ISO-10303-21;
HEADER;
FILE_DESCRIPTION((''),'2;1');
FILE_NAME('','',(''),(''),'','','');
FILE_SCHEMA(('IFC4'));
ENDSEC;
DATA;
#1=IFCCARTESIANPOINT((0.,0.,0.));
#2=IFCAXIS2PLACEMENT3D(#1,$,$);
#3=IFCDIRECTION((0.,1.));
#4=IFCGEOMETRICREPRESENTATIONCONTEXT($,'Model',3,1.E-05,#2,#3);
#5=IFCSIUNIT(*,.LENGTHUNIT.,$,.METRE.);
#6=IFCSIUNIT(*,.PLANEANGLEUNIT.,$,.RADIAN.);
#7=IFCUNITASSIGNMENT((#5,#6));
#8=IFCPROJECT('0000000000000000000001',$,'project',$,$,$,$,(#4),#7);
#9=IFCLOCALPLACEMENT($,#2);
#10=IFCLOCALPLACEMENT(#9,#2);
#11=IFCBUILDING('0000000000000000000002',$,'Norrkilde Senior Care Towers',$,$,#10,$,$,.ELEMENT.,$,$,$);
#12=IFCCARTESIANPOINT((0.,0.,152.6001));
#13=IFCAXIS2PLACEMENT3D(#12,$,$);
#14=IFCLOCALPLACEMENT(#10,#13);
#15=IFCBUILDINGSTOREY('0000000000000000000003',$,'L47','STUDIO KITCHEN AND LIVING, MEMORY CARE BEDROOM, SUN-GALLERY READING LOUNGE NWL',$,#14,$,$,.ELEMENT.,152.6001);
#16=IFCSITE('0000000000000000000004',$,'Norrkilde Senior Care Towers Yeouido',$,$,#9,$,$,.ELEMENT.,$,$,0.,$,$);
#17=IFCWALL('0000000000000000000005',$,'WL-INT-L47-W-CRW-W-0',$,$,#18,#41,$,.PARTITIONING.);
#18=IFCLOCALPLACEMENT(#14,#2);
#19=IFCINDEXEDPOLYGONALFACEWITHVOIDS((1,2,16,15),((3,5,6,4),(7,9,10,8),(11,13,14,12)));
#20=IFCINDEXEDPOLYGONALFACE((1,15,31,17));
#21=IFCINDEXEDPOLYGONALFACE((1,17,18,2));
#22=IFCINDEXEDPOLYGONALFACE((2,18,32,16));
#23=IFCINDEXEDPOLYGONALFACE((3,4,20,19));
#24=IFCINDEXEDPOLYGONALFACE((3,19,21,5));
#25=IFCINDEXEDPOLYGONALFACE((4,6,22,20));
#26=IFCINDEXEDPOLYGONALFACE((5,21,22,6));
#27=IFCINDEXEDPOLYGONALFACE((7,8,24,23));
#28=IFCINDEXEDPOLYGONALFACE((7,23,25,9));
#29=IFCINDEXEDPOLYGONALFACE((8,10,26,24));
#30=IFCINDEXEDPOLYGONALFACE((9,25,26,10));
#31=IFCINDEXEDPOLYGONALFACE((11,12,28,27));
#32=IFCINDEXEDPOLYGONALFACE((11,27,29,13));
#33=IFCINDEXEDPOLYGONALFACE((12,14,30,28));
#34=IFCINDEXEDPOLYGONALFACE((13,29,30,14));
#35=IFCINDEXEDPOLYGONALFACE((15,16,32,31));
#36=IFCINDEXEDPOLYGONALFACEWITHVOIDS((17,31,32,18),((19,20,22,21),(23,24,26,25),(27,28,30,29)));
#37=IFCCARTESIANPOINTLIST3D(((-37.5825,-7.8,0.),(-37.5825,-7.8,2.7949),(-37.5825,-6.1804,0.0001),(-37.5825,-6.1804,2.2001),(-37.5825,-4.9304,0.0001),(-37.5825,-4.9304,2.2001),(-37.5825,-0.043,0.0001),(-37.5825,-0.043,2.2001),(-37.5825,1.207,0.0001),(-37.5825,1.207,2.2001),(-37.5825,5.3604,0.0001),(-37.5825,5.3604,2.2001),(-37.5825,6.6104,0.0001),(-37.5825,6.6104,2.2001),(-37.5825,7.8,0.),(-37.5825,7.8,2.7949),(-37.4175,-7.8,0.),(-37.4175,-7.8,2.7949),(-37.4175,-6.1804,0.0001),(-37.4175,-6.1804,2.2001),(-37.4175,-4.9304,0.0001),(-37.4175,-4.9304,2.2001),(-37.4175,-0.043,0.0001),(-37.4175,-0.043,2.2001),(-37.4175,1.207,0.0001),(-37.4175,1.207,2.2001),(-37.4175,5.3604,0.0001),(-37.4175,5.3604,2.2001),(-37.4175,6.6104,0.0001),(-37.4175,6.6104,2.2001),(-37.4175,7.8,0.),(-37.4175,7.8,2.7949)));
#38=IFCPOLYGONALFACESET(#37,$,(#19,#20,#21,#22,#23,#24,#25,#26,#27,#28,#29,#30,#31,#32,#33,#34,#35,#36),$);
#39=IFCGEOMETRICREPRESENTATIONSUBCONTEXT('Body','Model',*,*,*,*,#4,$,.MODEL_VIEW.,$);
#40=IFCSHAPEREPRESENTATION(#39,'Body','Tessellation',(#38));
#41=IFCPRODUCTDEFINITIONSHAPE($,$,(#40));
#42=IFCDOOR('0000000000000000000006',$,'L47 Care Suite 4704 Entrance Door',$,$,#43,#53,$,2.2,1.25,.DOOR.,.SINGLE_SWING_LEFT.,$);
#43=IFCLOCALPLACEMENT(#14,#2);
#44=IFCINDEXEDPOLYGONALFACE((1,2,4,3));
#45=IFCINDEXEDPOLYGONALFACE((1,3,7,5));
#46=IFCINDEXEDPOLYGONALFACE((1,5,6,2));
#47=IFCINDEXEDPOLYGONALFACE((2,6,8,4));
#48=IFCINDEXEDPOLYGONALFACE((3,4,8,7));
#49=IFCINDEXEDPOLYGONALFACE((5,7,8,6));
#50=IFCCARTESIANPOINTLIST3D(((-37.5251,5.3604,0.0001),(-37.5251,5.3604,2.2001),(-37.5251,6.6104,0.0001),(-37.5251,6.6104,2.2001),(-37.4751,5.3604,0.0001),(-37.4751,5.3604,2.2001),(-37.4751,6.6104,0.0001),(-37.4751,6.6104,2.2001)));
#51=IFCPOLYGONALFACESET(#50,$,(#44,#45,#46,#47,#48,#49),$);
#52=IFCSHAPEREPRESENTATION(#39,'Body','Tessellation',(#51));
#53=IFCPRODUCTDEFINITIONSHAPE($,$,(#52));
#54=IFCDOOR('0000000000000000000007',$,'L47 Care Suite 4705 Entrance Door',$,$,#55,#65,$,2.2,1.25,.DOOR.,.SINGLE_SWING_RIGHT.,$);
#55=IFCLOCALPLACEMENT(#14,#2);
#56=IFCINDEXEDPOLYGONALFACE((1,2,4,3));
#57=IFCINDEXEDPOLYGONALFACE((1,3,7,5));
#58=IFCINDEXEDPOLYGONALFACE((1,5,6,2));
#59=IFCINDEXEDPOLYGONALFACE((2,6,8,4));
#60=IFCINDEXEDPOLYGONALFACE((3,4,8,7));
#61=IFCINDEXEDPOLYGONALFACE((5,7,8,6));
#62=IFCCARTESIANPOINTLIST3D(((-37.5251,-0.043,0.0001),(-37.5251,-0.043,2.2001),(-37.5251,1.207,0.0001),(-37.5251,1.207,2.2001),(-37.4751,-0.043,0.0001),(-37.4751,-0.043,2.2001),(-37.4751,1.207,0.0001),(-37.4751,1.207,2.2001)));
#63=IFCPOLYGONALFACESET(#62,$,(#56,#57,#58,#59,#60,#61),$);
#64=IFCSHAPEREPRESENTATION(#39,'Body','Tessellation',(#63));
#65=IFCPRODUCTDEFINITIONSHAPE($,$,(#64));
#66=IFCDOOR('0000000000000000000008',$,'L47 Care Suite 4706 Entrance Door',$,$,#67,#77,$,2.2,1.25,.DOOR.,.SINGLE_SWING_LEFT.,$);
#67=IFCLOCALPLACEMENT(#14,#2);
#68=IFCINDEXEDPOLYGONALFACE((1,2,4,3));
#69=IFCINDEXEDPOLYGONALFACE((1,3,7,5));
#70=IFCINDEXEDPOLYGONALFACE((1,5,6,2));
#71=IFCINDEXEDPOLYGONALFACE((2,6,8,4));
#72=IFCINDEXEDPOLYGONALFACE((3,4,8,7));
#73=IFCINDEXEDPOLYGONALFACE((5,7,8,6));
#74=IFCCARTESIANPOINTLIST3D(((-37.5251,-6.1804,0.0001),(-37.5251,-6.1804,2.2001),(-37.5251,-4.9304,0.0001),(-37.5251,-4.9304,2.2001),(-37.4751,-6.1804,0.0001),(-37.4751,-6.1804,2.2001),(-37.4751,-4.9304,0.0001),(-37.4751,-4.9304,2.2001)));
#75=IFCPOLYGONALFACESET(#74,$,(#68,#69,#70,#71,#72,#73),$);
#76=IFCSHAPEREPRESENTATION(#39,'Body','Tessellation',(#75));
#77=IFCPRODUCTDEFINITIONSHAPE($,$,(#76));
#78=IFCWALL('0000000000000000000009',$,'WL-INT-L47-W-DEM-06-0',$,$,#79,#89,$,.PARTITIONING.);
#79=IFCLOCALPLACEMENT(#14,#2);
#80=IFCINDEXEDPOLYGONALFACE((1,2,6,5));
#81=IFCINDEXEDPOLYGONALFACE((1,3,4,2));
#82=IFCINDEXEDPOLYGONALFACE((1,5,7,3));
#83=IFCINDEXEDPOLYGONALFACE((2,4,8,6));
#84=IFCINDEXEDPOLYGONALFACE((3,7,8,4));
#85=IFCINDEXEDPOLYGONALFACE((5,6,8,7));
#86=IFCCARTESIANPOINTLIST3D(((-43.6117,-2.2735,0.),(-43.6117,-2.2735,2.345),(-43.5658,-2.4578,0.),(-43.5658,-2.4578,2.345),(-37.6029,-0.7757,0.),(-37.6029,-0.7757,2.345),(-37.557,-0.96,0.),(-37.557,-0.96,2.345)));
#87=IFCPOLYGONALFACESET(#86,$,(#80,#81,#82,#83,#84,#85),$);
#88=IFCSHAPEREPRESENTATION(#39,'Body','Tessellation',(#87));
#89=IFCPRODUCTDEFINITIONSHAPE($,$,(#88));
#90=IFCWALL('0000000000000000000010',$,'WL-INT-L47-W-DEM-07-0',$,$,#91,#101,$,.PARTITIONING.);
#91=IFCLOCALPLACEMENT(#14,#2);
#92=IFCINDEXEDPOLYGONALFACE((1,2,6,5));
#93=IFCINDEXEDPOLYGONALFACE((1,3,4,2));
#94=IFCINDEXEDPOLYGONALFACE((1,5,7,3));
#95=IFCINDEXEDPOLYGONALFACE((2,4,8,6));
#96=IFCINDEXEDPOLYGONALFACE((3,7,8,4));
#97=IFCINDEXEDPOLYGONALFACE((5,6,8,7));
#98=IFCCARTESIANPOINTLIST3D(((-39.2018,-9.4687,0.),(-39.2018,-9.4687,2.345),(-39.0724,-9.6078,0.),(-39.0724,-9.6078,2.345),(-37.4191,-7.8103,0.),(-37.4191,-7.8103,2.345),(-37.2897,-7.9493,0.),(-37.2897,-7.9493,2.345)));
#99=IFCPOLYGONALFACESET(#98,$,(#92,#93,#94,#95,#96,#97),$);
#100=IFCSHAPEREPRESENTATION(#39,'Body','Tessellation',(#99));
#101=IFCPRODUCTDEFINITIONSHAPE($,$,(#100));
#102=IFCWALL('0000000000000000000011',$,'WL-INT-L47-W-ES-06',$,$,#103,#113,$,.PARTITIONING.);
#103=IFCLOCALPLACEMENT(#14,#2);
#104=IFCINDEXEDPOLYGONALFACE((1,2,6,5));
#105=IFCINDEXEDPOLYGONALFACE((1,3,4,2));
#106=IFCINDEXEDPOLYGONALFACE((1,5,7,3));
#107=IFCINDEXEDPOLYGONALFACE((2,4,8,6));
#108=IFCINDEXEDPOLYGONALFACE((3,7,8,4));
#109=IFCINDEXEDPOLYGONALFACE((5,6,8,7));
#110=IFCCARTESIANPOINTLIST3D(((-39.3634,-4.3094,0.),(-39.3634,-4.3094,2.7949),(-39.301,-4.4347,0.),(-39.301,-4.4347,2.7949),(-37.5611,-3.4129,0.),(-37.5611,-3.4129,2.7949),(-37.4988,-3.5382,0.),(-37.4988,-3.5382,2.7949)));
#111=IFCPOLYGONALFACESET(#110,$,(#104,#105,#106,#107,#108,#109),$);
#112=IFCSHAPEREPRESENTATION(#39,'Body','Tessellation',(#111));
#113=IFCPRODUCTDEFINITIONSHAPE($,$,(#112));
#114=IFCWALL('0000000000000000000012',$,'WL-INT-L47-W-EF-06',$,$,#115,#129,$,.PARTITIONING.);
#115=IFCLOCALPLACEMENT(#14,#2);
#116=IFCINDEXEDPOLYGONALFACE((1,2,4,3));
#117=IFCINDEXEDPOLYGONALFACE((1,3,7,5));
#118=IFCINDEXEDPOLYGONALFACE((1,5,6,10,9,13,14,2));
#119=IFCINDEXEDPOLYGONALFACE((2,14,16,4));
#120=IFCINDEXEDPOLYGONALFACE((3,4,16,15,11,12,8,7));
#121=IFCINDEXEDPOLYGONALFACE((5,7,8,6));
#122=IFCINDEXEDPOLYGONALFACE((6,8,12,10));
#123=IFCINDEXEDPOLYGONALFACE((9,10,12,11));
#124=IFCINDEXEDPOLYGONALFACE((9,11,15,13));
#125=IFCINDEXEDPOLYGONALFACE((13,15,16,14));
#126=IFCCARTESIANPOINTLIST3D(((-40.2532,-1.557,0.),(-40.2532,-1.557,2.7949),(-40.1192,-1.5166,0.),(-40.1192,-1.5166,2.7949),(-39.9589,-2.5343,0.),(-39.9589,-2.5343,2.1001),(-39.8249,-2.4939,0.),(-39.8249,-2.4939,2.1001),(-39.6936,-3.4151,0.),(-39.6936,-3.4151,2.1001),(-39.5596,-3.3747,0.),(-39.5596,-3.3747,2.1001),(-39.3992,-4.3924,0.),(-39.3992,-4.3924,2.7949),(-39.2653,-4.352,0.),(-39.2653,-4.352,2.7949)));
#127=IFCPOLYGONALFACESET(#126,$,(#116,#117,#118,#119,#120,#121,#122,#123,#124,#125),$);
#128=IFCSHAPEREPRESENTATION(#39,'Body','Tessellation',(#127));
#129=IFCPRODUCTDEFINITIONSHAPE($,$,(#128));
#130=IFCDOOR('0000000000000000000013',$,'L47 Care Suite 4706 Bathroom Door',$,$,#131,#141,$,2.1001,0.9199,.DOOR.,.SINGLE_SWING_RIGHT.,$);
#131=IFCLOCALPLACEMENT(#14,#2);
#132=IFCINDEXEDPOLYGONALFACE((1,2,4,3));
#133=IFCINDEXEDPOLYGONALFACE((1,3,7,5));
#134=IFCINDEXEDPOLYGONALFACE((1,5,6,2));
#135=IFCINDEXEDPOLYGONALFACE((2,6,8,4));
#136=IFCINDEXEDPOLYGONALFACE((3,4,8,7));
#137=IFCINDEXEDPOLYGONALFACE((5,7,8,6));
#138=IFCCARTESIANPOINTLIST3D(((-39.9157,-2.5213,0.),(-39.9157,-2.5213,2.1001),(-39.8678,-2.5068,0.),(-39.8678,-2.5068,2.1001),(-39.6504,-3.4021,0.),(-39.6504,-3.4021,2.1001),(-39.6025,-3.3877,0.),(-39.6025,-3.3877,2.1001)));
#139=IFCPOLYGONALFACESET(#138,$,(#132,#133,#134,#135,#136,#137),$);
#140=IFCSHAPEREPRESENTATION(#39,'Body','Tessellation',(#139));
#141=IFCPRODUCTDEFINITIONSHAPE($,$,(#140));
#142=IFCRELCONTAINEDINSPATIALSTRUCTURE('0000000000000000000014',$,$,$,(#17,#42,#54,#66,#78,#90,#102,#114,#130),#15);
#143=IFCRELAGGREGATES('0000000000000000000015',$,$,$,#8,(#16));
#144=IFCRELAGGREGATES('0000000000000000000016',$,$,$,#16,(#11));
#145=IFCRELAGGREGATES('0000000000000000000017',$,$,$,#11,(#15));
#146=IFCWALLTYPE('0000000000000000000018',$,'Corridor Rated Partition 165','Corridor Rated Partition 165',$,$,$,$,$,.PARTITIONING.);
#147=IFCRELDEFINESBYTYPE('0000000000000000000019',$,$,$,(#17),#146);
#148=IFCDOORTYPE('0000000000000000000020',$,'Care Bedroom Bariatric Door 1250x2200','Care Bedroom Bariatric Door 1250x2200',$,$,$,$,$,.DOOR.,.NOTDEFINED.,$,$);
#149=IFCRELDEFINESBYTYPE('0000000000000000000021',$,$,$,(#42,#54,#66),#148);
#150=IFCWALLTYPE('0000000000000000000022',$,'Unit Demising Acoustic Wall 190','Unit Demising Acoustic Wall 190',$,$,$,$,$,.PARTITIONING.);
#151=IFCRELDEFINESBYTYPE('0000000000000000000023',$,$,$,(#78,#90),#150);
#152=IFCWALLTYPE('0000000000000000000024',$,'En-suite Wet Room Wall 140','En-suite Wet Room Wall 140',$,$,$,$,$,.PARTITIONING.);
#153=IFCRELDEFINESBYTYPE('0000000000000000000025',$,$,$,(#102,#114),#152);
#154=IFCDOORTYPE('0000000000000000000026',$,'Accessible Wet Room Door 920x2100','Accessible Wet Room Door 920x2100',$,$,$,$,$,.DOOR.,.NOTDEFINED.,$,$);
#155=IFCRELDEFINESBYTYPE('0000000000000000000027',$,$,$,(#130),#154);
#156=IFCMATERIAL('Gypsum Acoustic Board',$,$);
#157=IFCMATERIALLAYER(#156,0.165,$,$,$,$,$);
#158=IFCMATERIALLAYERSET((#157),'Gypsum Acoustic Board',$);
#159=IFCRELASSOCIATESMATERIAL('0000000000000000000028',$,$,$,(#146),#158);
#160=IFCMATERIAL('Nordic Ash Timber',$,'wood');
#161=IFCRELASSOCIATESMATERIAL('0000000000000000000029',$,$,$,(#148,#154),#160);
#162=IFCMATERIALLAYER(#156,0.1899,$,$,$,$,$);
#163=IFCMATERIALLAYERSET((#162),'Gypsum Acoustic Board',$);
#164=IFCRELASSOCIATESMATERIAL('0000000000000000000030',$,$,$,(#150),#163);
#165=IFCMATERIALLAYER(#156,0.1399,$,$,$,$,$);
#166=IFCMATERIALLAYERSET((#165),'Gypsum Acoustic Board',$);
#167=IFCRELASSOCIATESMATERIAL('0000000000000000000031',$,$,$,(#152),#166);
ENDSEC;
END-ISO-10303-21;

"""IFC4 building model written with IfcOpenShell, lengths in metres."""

from ifc_helpers import new_model, si_unit, direction, frame, frame_2d, origin, place, context, subcontext, project, spatial, rectangle, extrude, source, transform, mapped, material, layer, layer_set, type_object, type_shapes, element, fill, save


model = new_model("IFC4")

# Units and contexts
model_context = context("Model", 3, precision=1e-05, world=origin(), true_north=direction((0.0, 1.0)))
body_context = subcontext(model_context, "Body", "Model", "MODEL_VIEW")
ifc_project = project(units=[si_unit("LENGTHUNIT", "METRE"), si_unit("PLANEANGLEUNIT", "RADIAN")], contexts=[model_context])

# Site, building, storey
site_placement = place(None, origin())
site = spatial("IfcSite", under=ifc_project, at=site_placement, Name="Norrkilde Senior Care Towers Yeouido", CompositionType="ELEMENT", RefElevation=0.0)
building_placement = place(site_placement, origin())
building = spatial("IfcBuilding", under=site, at=building_placement, Name="Norrkilde Senior Care Towers", CompositionType="ELEMENT")
storey_placement = place(building_placement, frame((0.0, 0.0, 152.6001)))
storey = spatial("IfcBuildingStorey", under=building, at=storey_placement, Name="L47", Description="STUDIO KITCHEN AND LIVING, MEMORY CARE BEDROOM, SUN-GALLERY READING LOUNGE NWL", CompositionType="ELEMENT", Elevation=152.6001)

# Wall, openings, doors
ifc_material_1 = material(Name="Gypsum Acoustic Board")
ifc_layer_1 = layer(ifc_material_1, 0.165)
ifc_layer_set_1 = layer_set([ifc_layer_1], Name="Gypsum Acoustic Board")
wall_type_1 = type_object("IfcWallType", Name="Corridor Rated Partition 165", Description="Corridor Rated Partition 165", PredefinedType="PARTITIONING", material=ifc_layer_set_1)
shared_shape_1 = source(origin(), body_context, "Body", "SweptSolid", [
    extrude(rectangle(XDim=15.6001, YDim=0.165, at=frame_2d((7.8, 0.0))), origin(), (0.0, 0.0, 1.0), 2.7949),
])
type_shapes(wall_type_1, [shared_shape_1])
wall_1_placement = place(storey_placement, frame((-37.5, -7.8, 0.0), z_axis=(0.0, 0.0, 1.0), x_axis=(0.0, 1.0, 0.0)))
wall_1 = element("IfcWall", 1, at=wall_1_placement, inside=storey, type_object=wall_type_1, Name="WL-INT-L47-W-CRW-W-0", PredefinedType="PARTITIONING", context=body_context, shape_type="MappedRepresentation", body=[
    mapped(shared_shape_1, transform((0.0, 0.0, 0.0), x_axis=(1.0, 0.0, 0.0), y_axis=(0.0, 1.0, 0.0), z_axis=(0.0, 0.0, 1.0), scale=1.0)),
])
opening_1_placement = place(wall_1_placement, frame((13.1604, 0.0, 0.0)))
opening_1 = element("IfcOpeningElement", 2, at=opening_1_placement, cuts=wall_1, PredefinedType="OPENING", context=body_context, shape_type="SweptSolid", body=[
    extrude(rectangle(XDim=1.25, YDim=2.2, at=frame_2d((0.625, 1.1001))), frame((0.0, 0.0925, 0.0), z_axis=(0.0, -1.0, 0.0), x_axis=(1.0, 0.0, 0.0)), (0.0, 0.0, 1.0), 0.1851),
])
opening_2_placement = place(wall_1_placement, frame((7.7571, 0.0, 0.0)))
opening_2 = element("IfcOpeningElement", 3, at=opening_2_placement, cuts=wall_1, PredefinedType="OPENING", context=body_context, shape_type="SweptSolid", body=[
    extrude(rectangle(XDim=1.25, YDim=2.2, at=frame_2d((0.625, 1.1001))), frame((0.0, 0.0925, 0.0), z_axis=(0.0, -1.0, 0.0), x_axis=(1.0, 0.0, 0.0)), (0.0, 0.0, 1.0), 0.1851),
])
opening_3_placement = place(wall_1_placement, frame((1.6196, 0.0, 0.0)))
opening_3 = element("IfcOpeningElement", 4, at=opening_3_placement, cuts=wall_1, PredefinedType="OPENING", context=body_context, shape_type="SweptSolid", body=[
    extrude(rectangle(XDim=1.25, YDim=2.2, at=frame_2d((0.625, 1.1001))), frame((0.0, 0.0925, 0.0), z_axis=(0.0, -1.0, 0.0), x_axis=(1.0, 0.0, 0.0)), (0.0, 0.0, 1.0), 0.1851),
])
ifc_material_2 = material(Name="Nordic Ash Timber", Category="wood")
door_type_1 = type_object("IfcDoorType", Name="Care Bedroom Bariatric Door 1250x2200", Description="Care Bedroom Bariatric Door 1250x2200", OperationType="NOTDEFINED", PredefinedType="DOOR", material=ifc_material_2)
shared_shape_2 = source(origin(), body_context, "Body", "SweptSolid", [
    extrude(rectangle(XDim=1.25, YDim=2.2, at=frame_2d((0.625, 1.1001))), frame((0.0, 0.0249, 0.0), z_axis=(0.0, -1.0, 0.0), x_axis=(1.0, 0.0, 0.0)), (0.0, 0.0, 1.0), 0.05),
])
type_shapes(door_type_1, [shared_shape_2])
door_1_placement = place(opening_1_placement, frame((1.25, 0.0, 0.0), z_axis=(0.0, 0.0, 1.0), x_axis=(-1.0, 0.0, 0.0)))
door_1 = element("IfcDoor", 5, at=door_1_placement, inside=storey, type_object=door_type_1, Name="L47 Care Suite 4704 Entrance Door", OperationType="SINGLE_SWING_LEFT", OverallHeight=2.2, OverallWidth=1.25, PredefinedType="DOOR", context=body_context, shape_type="MappedRepresentation", body=[
    mapped(shared_shape_2, transform((0.0, 0.0, 0.0), x_axis=(1.0, 0.0, 0.0), y_axis=(0.0, 1.0, 0.0), z_axis=(0.0, 0.0, 1.0), scale=1.0)),
])
fill(opening_1, door_1)
door_2_placement = place(opening_2_placement, frame((1.25, 0.0, 0.0), z_axis=(0.0, 0.0, 1.0), x_axis=(-1.0, 0.0, 0.0)))
door_2 = element("IfcDoor", 6, at=door_2_placement, inside=storey, type_object=door_type_1, Name="L47 Care Suite 4705 Entrance Door", OperationType="SINGLE_SWING_RIGHT", OverallHeight=2.2, OverallWidth=1.25, PredefinedType="DOOR", context=body_context, shape_type="MappedRepresentation", body=[
    mapped(shared_shape_2, transform((0.0, 0.0, 0.0), x_axis=(1.0, 0.0, 0.0), y_axis=(0.0, 1.0, 0.0), z_axis=(0.0, 0.0, 1.0), scale=1.0)),
])
fill(opening_2, door_2)
door_3_placement = place(opening_3_placement, frame((1.25, 0.0, 0.0), z_axis=(0.0, 0.0, 1.0), x_axis=(-1.0, 0.0, 0.0)))
door_3 = element("IfcDoor", 7, at=door_3_placement, inside=storey, type_object=door_type_1, Name="L47 Care Suite 4706 Entrance Door", OperationType="SINGLE_SWING_LEFT", OverallHeight=2.2, OverallWidth=1.25, PredefinedType="DOOR", context=body_context, shape_type="MappedRepresentation", body=[
    mapped(shared_shape_2, transform((0.0, 0.0, 0.0), x_axis=(1.0, 0.0, 0.0), y_axis=(0.0, 1.0, 0.0), z_axis=(0.0, 0.0, 1.0), scale=1.0)),
])
fill(opening_3, door_3)

# Walls
ifc_layer_2 = layer(ifc_material_1, 0.1899)
ifc_layer_set_2 = layer_set([ifc_layer_2], Name="Gypsum Acoustic Board")
wall_type_2 = type_object("IfcWallType", Name="Unit Demising Acoustic Wall 190", Description="Unit Demising Acoustic Wall 190", PredefinedType="PARTITIONING", material=ifc_layer_set_2)
shared_shape_3 = source(origin(), body_context, "Body", "SweptSolid", [
    extrude(rectangle(XDim=6.1926, YDim=0.1899, at=frame_2d((3.0962, 0.0))), origin(), (0.0, 0.0, 1.0), 2.345),
])
wall_2_placement = place(storey_placement, frame((-37.5801, -0.8679, 0.0), z_axis=(0.0, 0.0, 1.0), x_axis=(-0.970309, -0.241868, 0.0)))
element("IfcWall", 8, at=wall_2_placement, inside=storey, type_object=wall_type_2, Name="WL-INT-L47-W-DEM-06-0", PredefinedType="PARTITIONING", context=body_context, shape_type="MappedRepresentation", body=[
    mapped(shared_shape_3, transform((0.0, 0.0, 0.0), x_axis=(1.0, 0.0, 0.0), y_axis=(0.0, 1.0, 0.0), z_axis=(0.0, 0.0, 1.0), scale=1.0)),
])
shared_shape_4 = source(origin(), body_context, "Body", "SweptSolid", [
    extrude(rectangle(XDim=2.4348, YDim=0.1899, at=frame_2d((1.2173, 0.0))), origin(), (0.0, 0.0, 1.0), 2.345),
])
type_shapes(wall_type_2, [shared_shape_3, shared_shape_4])
wall_3_placement = place(storey_placement, frame((-37.3545, -7.8799, 0.0), z_axis=(0.0, 0.0, 1.0), x_axis=(-0.732165, -0.681128, 0.0)))
element("IfcWall", 9, at=wall_3_placement, inside=storey, type_object=wall_type_2, Name="WL-INT-L47-W-DEM-07-0", PredefinedType="PARTITIONING", context=body_context, shape_type="MappedRepresentation", body=[
    mapped(shared_shape_4, transform((0.0, 0.0, 0.0), x_axis=(1.0, 0.0, 0.0), y_axis=(0.0, 1.0, 0.0), z_axis=(0.0, 0.0, 1.0), scale=1.0)),
])
ifc_layer_3 = layer(ifc_material_1, 0.1399)
ifc_layer_set_3 = layer_set([ifc_layer_3], Name="Gypsum Acoustic Board")
wall_type_3 = type_object("IfcWallType", Name="En-suite Wet Room Wall 140", Description="En-suite Wet Room Wall 140", PredefinedType="PARTITIONING", material=ifc_layer_set_3)
shared_shape_5 = source(origin(), body_context, "Body", "SweptSolid", [
    extrude(rectangle(XDim=2.0129, YDim=0.1399, at=frame_2d((1.0063, 0.0))), origin(), (0.0, 0.0, 1.0), 2.7949),
])
wall_4_placement = place(storey_placement, frame((-37.53, -3.4756, 0.0), z_axis=(0.0, 0.0, 1.0), x_axis=(-0.895347, -0.445369, 0.0)))
element("IfcWall", 10, at=wall_4_placement, inside=storey, type_object=wall_type_3, Name="WL-INT-L47-W-ES-06", PredefinedType="PARTITIONING", context=body_context, shape_type="MappedRepresentation", body=[
    mapped(shared_shape_5, transform((0.0, 0.0, 0.0), x_axis=(1.0, 0.0, 0.0), y_axis=(0.0, 1.0, 0.0), z_axis=(0.0, 0.0, 1.0), scale=1.0)),
])

# Wall, opening, door
shared_shape_6 = source(origin(), body_context, "Body", "SweptSolid", [
    extrude(rectangle(XDim=2.9612, YDim=0.1399, at=frame_2d((1.4805, 0.0))), origin(), (0.0, 0.0, 1.0), 2.7949),
])
type_shapes(wall_type_3, [shared_shape_5, shared_shape_6])
wall_5_placement = place(storey_placement, frame((-39.3323, -4.3721, 0.0), z_axis=(0.0, 0.0, 1.0), x_axis=(-0.288392, 0.957513, 0.0)))
wall_5 = element("IfcWall", 11, at=wall_5_placement, inside=storey, type_object=wall_type_3, Name="WL-INT-L47-W-EF-06", PredefinedType="PARTITIONING", context=body_context, shape_type="MappedRepresentation", body=[
    mapped(shared_shape_6, transform((0.0, 0.0, 0.0), x_axis=(1.0, 0.0, 0.0), y_axis=(0.0, 1.0, 0.0), z_axis=(0.0, 0.0, 1.0), scale=1.0)),
])
opening_4_placement = place(wall_5_placement, frame((1.0205, 0.0, 0.0)))
opening_4 = element("IfcOpeningElement", 12, at=opening_4_placement, cuts=wall_5, PredefinedType="OPENING", context=body_context, shape_type="SweptSolid", body=[
    extrude(rectangle(XDim=0.9199, YDim=2.1001, at=frame_2d((0.46, 1.05))), frame((0.0, 0.0798, 0.0), z_axis=(0.0, -1.0, 0.0), x_axis=(1.0, 0.0, 0.0)), (0.0, 0.0, 1.0), 0.1599),
])
door_type_2 = type_object("IfcDoorType", Name="Accessible Wet Room Door 920x2100", Description="Accessible Wet Room Door 920x2100", OperationType="NOTDEFINED", PredefinedType="DOOR", material=ifc_material_2)
shared_shape_7 = source(origin(), body_context, "Body", "SweptSolid", [
    extrude(rectangle(XDim=0.9199, YDim=2.1001, at=frame_2d((0.46, 1.05))), frame((0.0, 0.0249, 0.0), z_axis=(0.0, -1.0, 0.0), x_axis=(1.0, 0.0, 0.0)), (0.0, 0.0, 1.0), 0.05),
])
type_shapes(door_type_2, [shared_shape_7])
door_4_placement = place(opening_4_placement, origin())
door_4 = element("IfcDoor", 13, at=door_4_placement, inside=storey, type_object=door_type_2, Name="L47 Care Suite 4706 Bathroom Door", OperationType="SINGLE_SWING_RIGHT", OverallHeight=2.1001, OverallWidth=0.9199, PredefinedType="DOOR", context=body_context, shape_type="MappedRepresentation", body=[
    mapped(shared_shape_7, transform((0.0, 0.0, 0.0), x_axis=(1.0, 0.0, 0.0), y_axis=(0.0, 1.0, 0.0), z_axis=(0.0, 0.0, 1.0), scale=1.0)),
])
fill(opening_4, door_4)

save(model, "model.ifc")
